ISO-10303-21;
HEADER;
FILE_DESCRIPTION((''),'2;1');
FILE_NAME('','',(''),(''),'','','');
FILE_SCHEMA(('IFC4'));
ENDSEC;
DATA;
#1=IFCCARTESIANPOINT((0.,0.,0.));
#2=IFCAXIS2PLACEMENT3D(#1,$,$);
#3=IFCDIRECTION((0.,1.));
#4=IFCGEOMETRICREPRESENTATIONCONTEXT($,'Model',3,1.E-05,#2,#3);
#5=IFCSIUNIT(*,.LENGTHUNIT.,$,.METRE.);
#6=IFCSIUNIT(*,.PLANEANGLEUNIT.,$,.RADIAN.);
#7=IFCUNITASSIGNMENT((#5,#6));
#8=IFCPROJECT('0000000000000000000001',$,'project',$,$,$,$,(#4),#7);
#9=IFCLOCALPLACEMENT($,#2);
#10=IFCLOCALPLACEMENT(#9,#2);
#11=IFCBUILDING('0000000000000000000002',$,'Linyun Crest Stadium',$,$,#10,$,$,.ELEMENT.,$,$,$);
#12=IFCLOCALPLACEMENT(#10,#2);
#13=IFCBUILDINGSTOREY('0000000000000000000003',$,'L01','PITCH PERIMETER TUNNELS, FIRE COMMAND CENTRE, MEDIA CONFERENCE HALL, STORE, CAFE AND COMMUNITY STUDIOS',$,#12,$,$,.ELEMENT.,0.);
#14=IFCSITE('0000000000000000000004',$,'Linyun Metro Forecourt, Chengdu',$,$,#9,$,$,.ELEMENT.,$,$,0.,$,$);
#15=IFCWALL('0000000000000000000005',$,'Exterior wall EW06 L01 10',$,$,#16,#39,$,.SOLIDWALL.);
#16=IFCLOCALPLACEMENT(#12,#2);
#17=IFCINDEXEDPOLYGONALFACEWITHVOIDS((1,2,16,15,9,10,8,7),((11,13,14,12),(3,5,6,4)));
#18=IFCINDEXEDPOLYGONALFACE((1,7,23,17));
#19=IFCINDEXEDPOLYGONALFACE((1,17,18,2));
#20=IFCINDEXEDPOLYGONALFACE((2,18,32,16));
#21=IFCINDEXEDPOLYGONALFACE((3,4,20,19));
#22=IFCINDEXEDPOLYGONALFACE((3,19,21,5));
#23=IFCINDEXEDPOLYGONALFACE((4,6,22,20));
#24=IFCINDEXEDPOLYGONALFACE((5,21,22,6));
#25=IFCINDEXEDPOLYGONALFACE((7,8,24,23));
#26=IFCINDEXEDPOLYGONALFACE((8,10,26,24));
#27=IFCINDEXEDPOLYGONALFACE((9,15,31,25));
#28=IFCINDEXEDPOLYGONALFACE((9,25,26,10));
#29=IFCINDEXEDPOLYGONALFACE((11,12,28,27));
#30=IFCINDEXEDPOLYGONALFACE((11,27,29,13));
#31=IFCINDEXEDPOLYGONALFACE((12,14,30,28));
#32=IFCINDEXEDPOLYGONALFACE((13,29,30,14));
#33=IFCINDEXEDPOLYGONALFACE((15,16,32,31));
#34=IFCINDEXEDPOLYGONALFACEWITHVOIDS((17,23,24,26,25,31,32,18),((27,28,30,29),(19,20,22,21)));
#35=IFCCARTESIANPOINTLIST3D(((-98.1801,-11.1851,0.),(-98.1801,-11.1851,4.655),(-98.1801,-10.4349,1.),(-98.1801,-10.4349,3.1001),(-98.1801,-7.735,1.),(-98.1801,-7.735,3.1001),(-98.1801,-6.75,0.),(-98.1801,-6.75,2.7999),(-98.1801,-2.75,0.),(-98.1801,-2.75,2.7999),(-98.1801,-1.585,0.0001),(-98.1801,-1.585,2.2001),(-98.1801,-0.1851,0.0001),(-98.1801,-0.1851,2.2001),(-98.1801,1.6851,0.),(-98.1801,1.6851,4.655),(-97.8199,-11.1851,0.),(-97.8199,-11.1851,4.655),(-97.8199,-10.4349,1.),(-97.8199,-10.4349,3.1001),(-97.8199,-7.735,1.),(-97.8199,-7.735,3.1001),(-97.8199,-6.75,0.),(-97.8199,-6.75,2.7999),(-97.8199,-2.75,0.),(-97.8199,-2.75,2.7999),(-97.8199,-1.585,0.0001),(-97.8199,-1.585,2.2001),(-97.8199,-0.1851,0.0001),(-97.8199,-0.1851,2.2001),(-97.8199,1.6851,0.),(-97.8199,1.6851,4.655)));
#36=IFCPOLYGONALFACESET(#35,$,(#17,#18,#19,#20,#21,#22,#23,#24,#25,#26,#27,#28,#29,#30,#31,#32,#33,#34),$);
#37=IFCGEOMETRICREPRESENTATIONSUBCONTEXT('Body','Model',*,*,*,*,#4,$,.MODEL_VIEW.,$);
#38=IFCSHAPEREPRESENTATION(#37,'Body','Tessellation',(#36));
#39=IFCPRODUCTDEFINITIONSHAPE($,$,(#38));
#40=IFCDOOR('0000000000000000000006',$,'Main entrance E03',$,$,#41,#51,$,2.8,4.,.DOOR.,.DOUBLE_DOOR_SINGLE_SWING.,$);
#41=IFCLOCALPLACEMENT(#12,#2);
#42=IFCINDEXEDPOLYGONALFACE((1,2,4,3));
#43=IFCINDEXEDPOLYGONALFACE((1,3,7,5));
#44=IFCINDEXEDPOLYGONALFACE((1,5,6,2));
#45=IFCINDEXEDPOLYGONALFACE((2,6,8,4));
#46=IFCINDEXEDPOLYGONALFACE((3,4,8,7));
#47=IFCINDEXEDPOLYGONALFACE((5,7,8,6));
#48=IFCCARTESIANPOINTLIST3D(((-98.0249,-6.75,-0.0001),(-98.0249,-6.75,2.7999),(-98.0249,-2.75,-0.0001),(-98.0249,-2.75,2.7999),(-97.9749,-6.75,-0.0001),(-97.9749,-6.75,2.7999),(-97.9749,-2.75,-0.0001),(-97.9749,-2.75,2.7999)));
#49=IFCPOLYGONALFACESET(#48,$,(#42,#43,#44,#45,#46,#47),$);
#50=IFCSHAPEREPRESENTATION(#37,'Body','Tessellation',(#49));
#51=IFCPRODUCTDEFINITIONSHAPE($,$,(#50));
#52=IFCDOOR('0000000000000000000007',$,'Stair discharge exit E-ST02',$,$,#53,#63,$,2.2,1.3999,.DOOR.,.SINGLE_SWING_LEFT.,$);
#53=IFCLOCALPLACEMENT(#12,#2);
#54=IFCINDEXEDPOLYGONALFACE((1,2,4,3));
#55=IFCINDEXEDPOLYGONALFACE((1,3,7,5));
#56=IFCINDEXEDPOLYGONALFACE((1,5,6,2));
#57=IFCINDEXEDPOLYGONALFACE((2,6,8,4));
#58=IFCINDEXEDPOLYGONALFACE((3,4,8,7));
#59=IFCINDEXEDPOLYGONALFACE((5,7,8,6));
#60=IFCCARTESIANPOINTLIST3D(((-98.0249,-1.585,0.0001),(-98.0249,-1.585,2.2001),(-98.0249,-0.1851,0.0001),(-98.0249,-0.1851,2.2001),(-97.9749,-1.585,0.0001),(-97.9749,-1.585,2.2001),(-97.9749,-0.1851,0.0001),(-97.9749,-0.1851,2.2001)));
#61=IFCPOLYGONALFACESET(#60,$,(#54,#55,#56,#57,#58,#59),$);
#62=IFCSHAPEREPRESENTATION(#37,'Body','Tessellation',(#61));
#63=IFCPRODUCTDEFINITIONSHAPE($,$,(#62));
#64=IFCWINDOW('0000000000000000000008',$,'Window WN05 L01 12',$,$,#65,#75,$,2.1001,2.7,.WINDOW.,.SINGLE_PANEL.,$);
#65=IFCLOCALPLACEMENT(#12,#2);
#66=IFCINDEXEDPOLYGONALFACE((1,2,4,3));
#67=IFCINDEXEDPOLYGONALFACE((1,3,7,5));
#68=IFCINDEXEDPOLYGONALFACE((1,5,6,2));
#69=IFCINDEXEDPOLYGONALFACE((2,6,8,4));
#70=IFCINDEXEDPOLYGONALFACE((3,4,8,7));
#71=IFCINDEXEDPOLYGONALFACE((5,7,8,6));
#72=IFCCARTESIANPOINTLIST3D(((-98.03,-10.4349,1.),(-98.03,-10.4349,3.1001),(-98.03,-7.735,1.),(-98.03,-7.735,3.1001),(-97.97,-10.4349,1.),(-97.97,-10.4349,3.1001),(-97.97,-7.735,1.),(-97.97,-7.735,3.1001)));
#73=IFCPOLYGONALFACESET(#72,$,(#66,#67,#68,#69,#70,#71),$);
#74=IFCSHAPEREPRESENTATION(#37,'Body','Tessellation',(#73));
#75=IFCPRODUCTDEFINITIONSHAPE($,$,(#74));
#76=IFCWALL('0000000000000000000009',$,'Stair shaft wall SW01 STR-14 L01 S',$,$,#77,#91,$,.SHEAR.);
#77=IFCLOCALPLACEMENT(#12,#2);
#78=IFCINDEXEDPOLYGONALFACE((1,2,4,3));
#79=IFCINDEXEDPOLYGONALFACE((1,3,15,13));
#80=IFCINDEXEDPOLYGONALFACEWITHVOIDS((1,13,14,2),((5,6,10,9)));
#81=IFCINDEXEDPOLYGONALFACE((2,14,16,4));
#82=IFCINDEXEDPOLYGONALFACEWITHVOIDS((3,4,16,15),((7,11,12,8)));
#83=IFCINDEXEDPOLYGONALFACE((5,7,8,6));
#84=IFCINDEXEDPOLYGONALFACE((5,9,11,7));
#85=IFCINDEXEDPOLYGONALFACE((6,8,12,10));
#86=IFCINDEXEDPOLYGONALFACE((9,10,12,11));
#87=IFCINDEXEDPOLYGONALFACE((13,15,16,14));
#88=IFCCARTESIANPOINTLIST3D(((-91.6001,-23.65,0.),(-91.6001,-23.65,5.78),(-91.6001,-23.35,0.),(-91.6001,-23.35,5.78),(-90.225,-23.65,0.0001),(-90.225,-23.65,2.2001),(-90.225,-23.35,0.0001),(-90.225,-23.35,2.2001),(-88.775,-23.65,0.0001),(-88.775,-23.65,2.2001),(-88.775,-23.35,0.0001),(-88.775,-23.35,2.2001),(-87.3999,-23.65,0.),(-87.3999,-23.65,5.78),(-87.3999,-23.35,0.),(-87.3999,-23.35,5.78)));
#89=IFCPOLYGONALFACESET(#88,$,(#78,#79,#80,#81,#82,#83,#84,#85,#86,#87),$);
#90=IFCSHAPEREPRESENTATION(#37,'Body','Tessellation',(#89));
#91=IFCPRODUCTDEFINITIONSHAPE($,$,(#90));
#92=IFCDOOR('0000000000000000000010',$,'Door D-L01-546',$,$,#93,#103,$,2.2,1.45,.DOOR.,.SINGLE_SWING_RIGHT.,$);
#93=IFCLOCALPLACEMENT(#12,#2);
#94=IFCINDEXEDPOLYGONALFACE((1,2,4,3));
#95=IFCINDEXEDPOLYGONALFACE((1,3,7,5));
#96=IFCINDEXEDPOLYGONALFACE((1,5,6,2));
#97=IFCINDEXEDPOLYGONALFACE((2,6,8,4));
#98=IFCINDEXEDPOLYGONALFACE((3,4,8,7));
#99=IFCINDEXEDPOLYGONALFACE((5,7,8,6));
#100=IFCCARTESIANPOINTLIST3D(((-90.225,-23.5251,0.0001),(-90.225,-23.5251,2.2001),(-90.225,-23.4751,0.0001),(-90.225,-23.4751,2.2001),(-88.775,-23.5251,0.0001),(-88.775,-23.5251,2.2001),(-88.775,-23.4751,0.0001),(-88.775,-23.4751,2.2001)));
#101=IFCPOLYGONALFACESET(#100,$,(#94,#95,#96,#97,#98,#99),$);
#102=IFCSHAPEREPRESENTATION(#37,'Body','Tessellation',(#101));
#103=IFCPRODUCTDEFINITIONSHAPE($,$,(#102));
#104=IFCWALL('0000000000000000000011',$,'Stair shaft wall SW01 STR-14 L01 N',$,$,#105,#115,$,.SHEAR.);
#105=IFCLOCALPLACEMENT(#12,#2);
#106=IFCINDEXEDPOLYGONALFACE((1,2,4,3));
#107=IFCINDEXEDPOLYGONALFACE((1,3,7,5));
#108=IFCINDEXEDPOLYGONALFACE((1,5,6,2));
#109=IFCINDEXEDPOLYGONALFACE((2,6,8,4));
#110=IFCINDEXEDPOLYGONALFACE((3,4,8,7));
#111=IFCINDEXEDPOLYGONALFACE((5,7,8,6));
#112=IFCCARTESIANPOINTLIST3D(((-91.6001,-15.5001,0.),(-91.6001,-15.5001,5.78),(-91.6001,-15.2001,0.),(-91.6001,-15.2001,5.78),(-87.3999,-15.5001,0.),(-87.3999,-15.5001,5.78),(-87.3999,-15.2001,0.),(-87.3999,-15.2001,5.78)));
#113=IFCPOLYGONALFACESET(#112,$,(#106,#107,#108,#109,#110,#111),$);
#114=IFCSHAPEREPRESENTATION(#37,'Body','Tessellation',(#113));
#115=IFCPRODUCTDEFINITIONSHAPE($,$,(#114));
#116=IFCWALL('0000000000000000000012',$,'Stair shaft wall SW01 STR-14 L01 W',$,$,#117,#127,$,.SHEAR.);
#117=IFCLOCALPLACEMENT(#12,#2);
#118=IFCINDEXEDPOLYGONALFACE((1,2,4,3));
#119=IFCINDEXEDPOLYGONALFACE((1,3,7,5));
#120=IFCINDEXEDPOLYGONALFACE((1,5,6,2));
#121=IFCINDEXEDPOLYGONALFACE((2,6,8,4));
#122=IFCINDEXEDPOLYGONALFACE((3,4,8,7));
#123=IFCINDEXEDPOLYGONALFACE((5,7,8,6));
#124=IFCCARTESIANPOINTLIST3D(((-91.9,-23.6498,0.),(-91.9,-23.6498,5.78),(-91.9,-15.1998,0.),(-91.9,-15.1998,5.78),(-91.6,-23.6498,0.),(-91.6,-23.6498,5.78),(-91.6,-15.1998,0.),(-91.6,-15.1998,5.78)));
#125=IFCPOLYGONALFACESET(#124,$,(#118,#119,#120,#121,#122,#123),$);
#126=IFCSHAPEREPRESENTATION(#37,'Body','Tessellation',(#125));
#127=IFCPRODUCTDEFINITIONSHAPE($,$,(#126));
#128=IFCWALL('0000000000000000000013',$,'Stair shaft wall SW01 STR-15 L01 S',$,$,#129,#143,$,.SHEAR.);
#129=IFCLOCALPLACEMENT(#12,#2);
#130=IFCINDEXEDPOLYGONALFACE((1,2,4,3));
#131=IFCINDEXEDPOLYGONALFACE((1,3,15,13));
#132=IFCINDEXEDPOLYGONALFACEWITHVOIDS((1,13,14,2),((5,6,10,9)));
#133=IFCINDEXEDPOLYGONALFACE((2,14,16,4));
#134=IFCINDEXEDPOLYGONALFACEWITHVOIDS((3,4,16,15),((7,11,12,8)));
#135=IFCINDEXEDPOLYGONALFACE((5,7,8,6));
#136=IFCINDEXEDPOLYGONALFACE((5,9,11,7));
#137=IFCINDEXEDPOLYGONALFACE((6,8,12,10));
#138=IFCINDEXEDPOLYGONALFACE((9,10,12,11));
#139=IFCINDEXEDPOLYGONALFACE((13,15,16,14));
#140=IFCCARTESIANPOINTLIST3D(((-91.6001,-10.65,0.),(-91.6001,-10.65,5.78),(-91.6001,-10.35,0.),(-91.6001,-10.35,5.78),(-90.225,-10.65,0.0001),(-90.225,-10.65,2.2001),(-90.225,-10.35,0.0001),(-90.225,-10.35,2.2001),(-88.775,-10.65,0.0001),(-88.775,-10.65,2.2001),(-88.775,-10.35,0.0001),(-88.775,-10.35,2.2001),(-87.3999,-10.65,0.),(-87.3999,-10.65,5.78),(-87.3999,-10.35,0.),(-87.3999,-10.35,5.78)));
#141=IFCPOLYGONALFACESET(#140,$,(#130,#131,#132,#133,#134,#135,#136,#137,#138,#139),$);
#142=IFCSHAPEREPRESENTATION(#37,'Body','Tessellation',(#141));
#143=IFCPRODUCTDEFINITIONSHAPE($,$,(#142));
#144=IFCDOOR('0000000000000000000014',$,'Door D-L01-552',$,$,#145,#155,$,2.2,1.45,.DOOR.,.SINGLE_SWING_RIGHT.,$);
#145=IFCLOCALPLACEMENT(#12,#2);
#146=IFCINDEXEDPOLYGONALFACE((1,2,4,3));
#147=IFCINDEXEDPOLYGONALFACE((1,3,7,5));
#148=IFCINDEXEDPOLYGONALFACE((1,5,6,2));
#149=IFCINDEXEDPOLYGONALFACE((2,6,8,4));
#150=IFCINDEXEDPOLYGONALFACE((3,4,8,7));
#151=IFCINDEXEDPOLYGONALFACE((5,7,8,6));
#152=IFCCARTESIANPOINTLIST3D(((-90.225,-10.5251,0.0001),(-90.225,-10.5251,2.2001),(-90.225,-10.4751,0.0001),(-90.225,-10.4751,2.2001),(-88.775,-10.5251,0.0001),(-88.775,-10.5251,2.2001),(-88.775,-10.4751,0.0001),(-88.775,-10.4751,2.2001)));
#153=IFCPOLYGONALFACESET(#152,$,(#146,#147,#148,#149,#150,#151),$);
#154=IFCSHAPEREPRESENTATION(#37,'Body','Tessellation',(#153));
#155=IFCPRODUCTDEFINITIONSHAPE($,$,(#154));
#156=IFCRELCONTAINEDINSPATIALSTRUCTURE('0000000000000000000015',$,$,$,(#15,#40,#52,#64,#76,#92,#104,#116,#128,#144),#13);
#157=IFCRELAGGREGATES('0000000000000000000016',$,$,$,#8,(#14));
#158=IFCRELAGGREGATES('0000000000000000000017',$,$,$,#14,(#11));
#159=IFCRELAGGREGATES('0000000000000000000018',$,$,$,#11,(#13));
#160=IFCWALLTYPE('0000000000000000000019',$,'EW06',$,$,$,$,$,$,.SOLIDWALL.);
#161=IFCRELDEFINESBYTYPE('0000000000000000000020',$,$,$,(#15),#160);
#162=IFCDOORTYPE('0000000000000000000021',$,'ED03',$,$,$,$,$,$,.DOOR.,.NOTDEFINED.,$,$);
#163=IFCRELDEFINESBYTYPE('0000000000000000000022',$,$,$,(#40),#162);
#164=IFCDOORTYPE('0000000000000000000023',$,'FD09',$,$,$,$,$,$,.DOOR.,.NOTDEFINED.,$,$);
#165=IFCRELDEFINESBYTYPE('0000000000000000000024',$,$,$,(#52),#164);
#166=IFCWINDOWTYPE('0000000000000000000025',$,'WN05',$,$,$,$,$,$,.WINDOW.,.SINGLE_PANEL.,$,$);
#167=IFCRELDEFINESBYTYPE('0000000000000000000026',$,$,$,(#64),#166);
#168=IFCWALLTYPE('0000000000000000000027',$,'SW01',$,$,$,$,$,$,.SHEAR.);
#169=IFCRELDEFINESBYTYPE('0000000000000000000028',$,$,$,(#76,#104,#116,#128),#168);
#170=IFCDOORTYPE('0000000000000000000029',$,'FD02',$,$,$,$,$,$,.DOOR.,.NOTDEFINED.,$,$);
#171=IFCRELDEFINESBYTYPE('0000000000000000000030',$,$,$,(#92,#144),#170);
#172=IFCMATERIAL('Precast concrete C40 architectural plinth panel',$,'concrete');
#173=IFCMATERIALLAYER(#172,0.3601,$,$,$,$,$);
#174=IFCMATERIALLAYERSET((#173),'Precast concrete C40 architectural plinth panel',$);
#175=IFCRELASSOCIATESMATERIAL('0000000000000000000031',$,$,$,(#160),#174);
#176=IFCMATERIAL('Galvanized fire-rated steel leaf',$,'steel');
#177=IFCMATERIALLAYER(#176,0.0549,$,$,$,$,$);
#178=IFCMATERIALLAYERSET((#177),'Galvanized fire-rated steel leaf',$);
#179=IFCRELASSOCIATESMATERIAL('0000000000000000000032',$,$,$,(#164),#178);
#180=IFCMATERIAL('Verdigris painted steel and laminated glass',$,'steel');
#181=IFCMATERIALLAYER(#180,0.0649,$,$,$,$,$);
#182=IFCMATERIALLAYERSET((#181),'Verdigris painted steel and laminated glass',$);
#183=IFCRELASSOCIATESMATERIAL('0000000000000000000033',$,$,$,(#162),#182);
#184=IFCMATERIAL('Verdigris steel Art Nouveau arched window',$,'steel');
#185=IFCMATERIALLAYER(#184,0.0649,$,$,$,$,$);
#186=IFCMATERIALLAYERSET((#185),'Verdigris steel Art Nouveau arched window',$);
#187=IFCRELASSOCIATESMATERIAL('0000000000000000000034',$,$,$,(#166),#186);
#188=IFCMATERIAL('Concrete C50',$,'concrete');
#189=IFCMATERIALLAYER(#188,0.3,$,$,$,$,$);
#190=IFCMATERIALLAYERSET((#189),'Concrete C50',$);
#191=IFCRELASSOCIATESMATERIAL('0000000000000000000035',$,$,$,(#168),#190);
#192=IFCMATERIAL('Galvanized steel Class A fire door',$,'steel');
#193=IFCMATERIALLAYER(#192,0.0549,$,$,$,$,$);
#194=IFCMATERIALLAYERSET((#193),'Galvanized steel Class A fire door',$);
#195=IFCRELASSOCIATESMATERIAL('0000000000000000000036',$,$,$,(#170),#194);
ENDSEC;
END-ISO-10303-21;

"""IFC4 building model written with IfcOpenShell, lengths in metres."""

from ifc_helpers import new_model, si_unit, direction, frame, frame_2d, origin, place, context, subcontext, project, spatial, rectangle, extrude, material, layer, layer_set, type_object, element, fill, save


model = new_model("IFC4")

# Units and contexts
model_context = context("Model", 3, precision=1e-05, world=origin(), true_north=direction((0.0, 1.0)))
body_context = subcontext(model_context, "Body", "Model", "MODEL_VIEW")
ifc_project = project(units=[si_unit("LENGTHUNIT", "METRE"), si_unit("PLANEANGLEUNIT", "RADIAN")], contexts=[model_context])

# Site, building, storey
site_placement = place(None, origin())
site = spatial("IfcSite", under=ifc_project, at=site_placement, Name="Linyun Metro Forecourt, Chengdu", CompositionType="ELEMENT", RefElevation=0.0)
building_placement = place(site_placement, origin())
building = spatial("IfcBuilding", under=site, at=building_placement, Name="Linyun Crest Stadium", CompositionType="ELEMENT")
storey_placement = place(building_placement, origin())
storey = spatial("IfcBuildingStorey", under=building, at=storey_placement, Name="L01", Description="PITCH PERIMETER TUNNELS, FIRE COMMAND CENTRE, MEDIA CONFERENCE HALL, STORE, CAFE AND COMMUNITY STUDIOS", CompositionType="ELEMENT", Elevation=0.0)

# Wall, openings, doors, window
ifc_material_1 = material(Name="Precast concrete C40 architectural plinth panel", Category="concrete")
ifc_layer_1 = layer(ifc_material_1, 0.3601)
ifc_layer_set_1 = layer_set([ifc_layer_1], Name="Precast concrete C40 architectural plinth panel")
wall_type_1 = type_object("IfcWallType", Name="EW06", PredefinedType="SOLIDWALL", material=ifc_layer_set_1)
ifc_material_2 = material(Name="Galvanized fire-rated steel leaf", Category="steel")
ifc_layer_2 = layer(ifc_material_2, 0.0549)
ifc_layer_set_2 = layer_set([ifc_layer_2], Name="Galvanized fire-rated steel leaf")
door_type_1 = type_object("IfcDoorType", Name="FD09", OperationType="NOTDEFINED", PredefinedType="DOOR", material=ifc_layer_set_2)
wall_1_placement = place(storey_placement, frame((-98.0, -11.1851, 0.0), z_axis=(0.0, 0.0, 1.0), x_axis=(0.0, 1.0, 0.0)))
wall_1 = element("IfcWall", 1, at=wall_1_placement, inside=storey, type_object=wall_type_1, Name="Exterior wall EW06 L01 10", PredefinedType="SOLIDWALL", context=body_context, shape_type="SweptSolid", body=[
    extrude(rectangle(XDim=12.8701, YDim=0.3601, at=frame_2d((6.4351, 0.0))), origin(), (0.0, 0.0, 1.0), 4.655),
])
opening_1_placement = place(wall_1_placement, frame((4.4351, 0.0, 0.0)))
opening_1 = element("IfcOpeningElement", 2, at=opening_1_placement, cuts=wall_1, PredefinedType="OPENING", context=body_context, shape_type="SweptSolid", body=[
    extrude(rectangle(XDim=4.0, YDim=2.8, at=frame_2d((2.0, 1.3999))), frame((0.0, 0.1899, 0.0), z_axis=(0.0, -1.0, 0.0), x_axis=(1.0, 0.0, 0.0)), (0.0, 0.0, 1.0), 0.3801),
])
opening_2_placement = place(wall_1_placement, frame((0.75, 0.0, 1.0)))
opening_2 = element("IfcOpeningElement", 3, at=opening_2_placement, cuts=wall_1, PredefinedType="OPENING", context=body_context, shape_type="SweptSolid", body=[
    extrude(rectangle(XDim=2.7, YDim=2.1001, at=frame_2d((1.3501, 1.05))), frame((0.0, 0.1899, 0.0), z_axis=(0.0, -1.0, 0.0), x_axis=(1.0, 0.0, 0.0)), (0.0, 0.0, 1.0), 0.3801),
])
opening_3_placement = place(wall_1_placement, frame((9.6001, 0.0, 0.0)))
opening_3 = element("IfcOpeningElement", 4, at=opening_3_placement, cuts=wall_1, PredefinedType="OPENING", context=body_context, shape_type="SweptSolid", body=[
    extrude(rectangle(XDim=1.3999, YDim=2.2, at=frame_2d((0.7, 1.1001))), frame((0.0, 0.1899, 0.0), z_axis=(0.0, -1.0, 0.0), x_axis=(1.0, 0.0, 0.0)), (0.0, 0.0, 1.0), 0.3801),
])
ifc_material_3 = material(Name="Verdigris painted steel and laminated glass", Category="steel")
ifc_layer_3 = layer(ifc_material_3, 0.0649)
ifc_layer_set_3 = layer_set([ifc_layer_3], Name="Verdigris painted steel and laminated glass")
door_type_2 = type_object("IfcDoorType", Name="ED03", OperationType="NOTDEFINED", PredefinedType="DOOR", material=ifc_layer_set_3)
door_1_placement = place(opening_1_placement, origin())
door_1 = element("IfcDoor", 5, at=door_1_placement, inside=storey, type_object=door_type_2, Name="Main entrance E03", OperationType="DOUBLE_DOOR_SINGLE_SWING", OverallHeight=2.8, OverallWidth=4.0, PredefinedType="DOOR", context=body_context, shape_type="SweptSolid", body=[
    extrude(rectangle(XDim=4.0, YDim=2.8, at=frame_2d((2.0, 1.3999))), frame((0.0, 0.0249, 0.0), z_axis=(0.0, -1.0, 0.0), x_axis=(1.0, 0.0, 0.0)), (0.0, 0.0, 1.0), 0.05),
])
fill(opening_1, door_1)
door_2_placement = place(opening_3_placement, origin())
door_2 = element("IfcDoor", 6, at=door_2_placement, inside=storey, type_object=door_type_1, Name="Stair discharge exit E-ST02", OperationType="SINGLE_SWING_LEFT", OverallHeight=2.2, OverallWidth=1.3999, PredefinedType="DOOR", context=body_context, shape_type="SweptSolid", body=[
    extrude(rectangle(XDim=1.3999, YDim=2.2, at=frame_2d((0.7, 1.1001))), frame((0.0, 0.0249, 0.0), z_axis=(0.0, -1.0, 0.0), x_axis=(1.0, 0.0, 0.0)), (0.0, 0.0, 1.0), 0.05),
])
fill(opening_3, door_2)
ifc_material_4 = material(Name="Verdigris steel Art Nouveau arched window", Category="steel")
ifc_layer_4 = layer(ifc_material_4, 0.0649)
ifc_layer_set_4 = layer_set([ifc_layer_4], Name="Verdigris steel Art Nouveau arched window")
window_type_1 = type_object("IfcWindowType", Name="WN05", PartitioningType="SINGLE_PANEL", PredefinedType="WINDOW", material=ifc_layer_set_4)
window_1_placement = place(opening_2_placement, origin())
window_1 = element("IfcWindow", 7, at=window_1_placement, inside=storey, type_object=window_type_1, Name="Window WN05 L01 12", OverallHeight=2.1001, OverallWidth=2.7, PartitioningType="SINGLE_PANEL", PredefinedType="WINDOW", context=body_context, shape_type="SweptSolid", body=[
    extrude(rectangle(XDim=2.7, YDim=2.1001, at=frame_2d((1.3501, 1.05))), frame((0.0, 0.03, 0.0), z_axis=(0.0, -1.0, 0.0), x_axis=(1.0, 0.0, 0.0)), (0.0, 0.0, 1.0), 0.0601),
])
fill(opening_2, window_1)

# Wall, opening, door
ifc_material_5 = material(Name="Concrete C50", Category="concrete")
ifc_layer_5 = layer(ifc_material_5, 0.3)
ifc_layer_set_5 = layer_set([ifc_layer_5], Name="Concrete C50")
wall_type_2 = type_object("IfcWallType", Name="SW01", PredefinedType="SHEAR", material=ifc_layer_set_5)
wall_2_placement = place(storey_placement, frame((-91.6001, -23.5, 0.0), z_axis=(0.0, 0.0, 1.0), x_axis=(1.0, 0.0, 0.0)))
wall_2 = element("IfcWall", 8, at=wall_2_placement, inside=storey, type_object=wall_type_2, Name="Stair shaft wall SW01 STR-14 L01 S", PredefinedType="SHEAR", context=body_context, shape_type="SweptSolid", body=[
    extrude(rectangle(XDim=4.2002, YDim=0.3, at=frame_2d((2.1001, 0.0))), origin(), (0.0, 0.0, 1.0), 5.78),
])
opening_4_placement = place(wall_2_placement, frame((1.375, 0.0, 0.0)))
opening_4 = element("IfcOpeningElement", 9, at=opening_4_placement, cuts=wall_2, PredefinedType="OPENING", context=body_context, shape_type="SweptSolid", body=[
    extrude(rectangle(XDim=1.45, YDim=2.2, at=frame_2d((0.7251, 1.1001))), frame((0.0, 0.1599, 0.0), z_axis=(0.0, -1.0, 0.0), x_axis=(1.0, 0.0, 0.0)), (0.0, 0.0, 1.0), 0.3201),
])
ifc_material_6 = material(Name="Galvanized steel Class A fire door", Category="steel")
ifc_layer_6 = layer(ifc_material_6, 0.0549)
ifc_layer_set_6 = layer_set([ifc_layer_6], Name="Galvanized steel Class A fire door")
door_type_3 = type_object("IfcDoorType", Name="FD02", OperationType="NOTDEFINED", PredefinedType="DOOR", material=ifc_layer_set_6)
door_3_placement = place(opening_4_placement, origin())
door_3 = element("IfcDoor", 10, at=door_3_placement, inside=storey, type_object=door_type_3, Name="Door D-L01-546", OperationType="SINGLE_SWING_RIGHT", OverallHeight=2.2, OverallWidth=1.45, PredefinedType="DOOR", context=body_context, shape_type="SweptSolid", body=[
    extrude(rectangle(XDim=1.45, YDim=2.2, at=frame_2d((0.7251, 1.1001))), frame((0.0, 0.0249, 0.0), z_axis=(0.0, -1.0, 0.0), x_axis=(1.0, 0.0, 0.0)), (0.0, 0.0, 1.0), 0.05),
])
fill(opening_4, door_3)

# Walls
wall_3_placement = place(storey_placement, frame((-91.6001, -15.3501, 0.0), z_axis=(0.0, 0.0, 1.0), x_axis=(1.0, 0.0, 0.0)))
element("IfcWall", 11, at=wall_3_placement, inside=storey, type_object=wall_type_2, Name="Stair shaft wall SW01 STR-14 L01 N", PredefinedType="SHEAR", context=body_context, shape_type="SweptSolid", body=[
    extrude(rectangle(XDim=4.2002, YDim=0.3, at=frame_2d((2.1001, 0.0))), origin(), (0.0, 0.0, 1.0), 5.78),
])
wall_4_placement = place(storey_placement, frame((-91.75, -23.6499, 0.0), z_axis=(0.0, 0.0, 1.0), x_axis=(0.0, 1.0, 0.0)))
element("IfcWall", 12, at=wall_4_placement, inside=storey, type_object=wall_type_2, Name="Stair shaft wall SW01 STR-14 L01 W", PredefinedType="SHEAR", context=body_context, shape_type="SweptSolid", body=[
    extrude(rectangle(XDim=8.45, YDim=0.3, at=frame_2d((4.2251, 0.0))), origin(), (0.0, 0.0, 1.0), 5.78),
])

# Wall, opening, door
wall_5_placement = place(storey_placement, frame((-91.6001, -10.5, 0.0), z_axis=(0.0, 0.0, 1.0), x_axis=(1.0, 0.0, 0.0)))
wall_5 = element("IfcWall", 13, at=wall_5_placement, inside=storey, type_object=wall_type_2, Name="Stair shaft wall SW01 STR-15 L01 S", PredefinedType="SHEAR", context=body_context, shape_type="SweptSolid", body=[
    extrude(rectangle(XDim=4.2002, YDim=0.3, at=frame_2d((2.1001, 0.0))), origin(), (0.0, 0.0, 1.0), 5.78),
])
opening_5_placement = place(wall_5_placement, frame((1.375, 0.0, 0.0)))
opening_5 = element("IfcOpeningElement", 14, at=opening_5_placement, cuts=wall_5, PredefinedType="OPENING", context=body_context, shape_type="SweptSolid", body=[
    extrude(rectangle(XDim=1.45, YDim=2.2, at=frame_2d((0.7251, 1.1001))), frame((0.0, 0.1599, 0.0), z_axis=(0.0, -1.0, 0.0), x_axis=(1.0, 0.0, 0.0)), (0.0, 0.0, 1.0), 0.3201),
])
door_4_placement = place(opening_5_placement, origin())
door_4 = element("IfcDoor", 15, at=door_4_placement, inside=storey, type_object=door_type_3, Name="Door D-L01-552", OperationType="SINGLE_SWING_RIGHT", OverallHeight=2.2, OverallWidth=1.45, PredefinedType="DOOR", context=body_context, shape_type="SweptSolid", body=[
    extrude(rectangle(XDim=1.45, YDim=2.2, at=frame_2d((0.7251, 1.1001))), frame((0.0, 0.0249, 0.0), z_axis=(0.0, -1.0, 0.0), x_axis=(1.0, 0.0, 0.0)), (0.0, 0.0, 1.0), 0.05),
])
fill(opening_5, door_4)

save(model, "model.ifc")
